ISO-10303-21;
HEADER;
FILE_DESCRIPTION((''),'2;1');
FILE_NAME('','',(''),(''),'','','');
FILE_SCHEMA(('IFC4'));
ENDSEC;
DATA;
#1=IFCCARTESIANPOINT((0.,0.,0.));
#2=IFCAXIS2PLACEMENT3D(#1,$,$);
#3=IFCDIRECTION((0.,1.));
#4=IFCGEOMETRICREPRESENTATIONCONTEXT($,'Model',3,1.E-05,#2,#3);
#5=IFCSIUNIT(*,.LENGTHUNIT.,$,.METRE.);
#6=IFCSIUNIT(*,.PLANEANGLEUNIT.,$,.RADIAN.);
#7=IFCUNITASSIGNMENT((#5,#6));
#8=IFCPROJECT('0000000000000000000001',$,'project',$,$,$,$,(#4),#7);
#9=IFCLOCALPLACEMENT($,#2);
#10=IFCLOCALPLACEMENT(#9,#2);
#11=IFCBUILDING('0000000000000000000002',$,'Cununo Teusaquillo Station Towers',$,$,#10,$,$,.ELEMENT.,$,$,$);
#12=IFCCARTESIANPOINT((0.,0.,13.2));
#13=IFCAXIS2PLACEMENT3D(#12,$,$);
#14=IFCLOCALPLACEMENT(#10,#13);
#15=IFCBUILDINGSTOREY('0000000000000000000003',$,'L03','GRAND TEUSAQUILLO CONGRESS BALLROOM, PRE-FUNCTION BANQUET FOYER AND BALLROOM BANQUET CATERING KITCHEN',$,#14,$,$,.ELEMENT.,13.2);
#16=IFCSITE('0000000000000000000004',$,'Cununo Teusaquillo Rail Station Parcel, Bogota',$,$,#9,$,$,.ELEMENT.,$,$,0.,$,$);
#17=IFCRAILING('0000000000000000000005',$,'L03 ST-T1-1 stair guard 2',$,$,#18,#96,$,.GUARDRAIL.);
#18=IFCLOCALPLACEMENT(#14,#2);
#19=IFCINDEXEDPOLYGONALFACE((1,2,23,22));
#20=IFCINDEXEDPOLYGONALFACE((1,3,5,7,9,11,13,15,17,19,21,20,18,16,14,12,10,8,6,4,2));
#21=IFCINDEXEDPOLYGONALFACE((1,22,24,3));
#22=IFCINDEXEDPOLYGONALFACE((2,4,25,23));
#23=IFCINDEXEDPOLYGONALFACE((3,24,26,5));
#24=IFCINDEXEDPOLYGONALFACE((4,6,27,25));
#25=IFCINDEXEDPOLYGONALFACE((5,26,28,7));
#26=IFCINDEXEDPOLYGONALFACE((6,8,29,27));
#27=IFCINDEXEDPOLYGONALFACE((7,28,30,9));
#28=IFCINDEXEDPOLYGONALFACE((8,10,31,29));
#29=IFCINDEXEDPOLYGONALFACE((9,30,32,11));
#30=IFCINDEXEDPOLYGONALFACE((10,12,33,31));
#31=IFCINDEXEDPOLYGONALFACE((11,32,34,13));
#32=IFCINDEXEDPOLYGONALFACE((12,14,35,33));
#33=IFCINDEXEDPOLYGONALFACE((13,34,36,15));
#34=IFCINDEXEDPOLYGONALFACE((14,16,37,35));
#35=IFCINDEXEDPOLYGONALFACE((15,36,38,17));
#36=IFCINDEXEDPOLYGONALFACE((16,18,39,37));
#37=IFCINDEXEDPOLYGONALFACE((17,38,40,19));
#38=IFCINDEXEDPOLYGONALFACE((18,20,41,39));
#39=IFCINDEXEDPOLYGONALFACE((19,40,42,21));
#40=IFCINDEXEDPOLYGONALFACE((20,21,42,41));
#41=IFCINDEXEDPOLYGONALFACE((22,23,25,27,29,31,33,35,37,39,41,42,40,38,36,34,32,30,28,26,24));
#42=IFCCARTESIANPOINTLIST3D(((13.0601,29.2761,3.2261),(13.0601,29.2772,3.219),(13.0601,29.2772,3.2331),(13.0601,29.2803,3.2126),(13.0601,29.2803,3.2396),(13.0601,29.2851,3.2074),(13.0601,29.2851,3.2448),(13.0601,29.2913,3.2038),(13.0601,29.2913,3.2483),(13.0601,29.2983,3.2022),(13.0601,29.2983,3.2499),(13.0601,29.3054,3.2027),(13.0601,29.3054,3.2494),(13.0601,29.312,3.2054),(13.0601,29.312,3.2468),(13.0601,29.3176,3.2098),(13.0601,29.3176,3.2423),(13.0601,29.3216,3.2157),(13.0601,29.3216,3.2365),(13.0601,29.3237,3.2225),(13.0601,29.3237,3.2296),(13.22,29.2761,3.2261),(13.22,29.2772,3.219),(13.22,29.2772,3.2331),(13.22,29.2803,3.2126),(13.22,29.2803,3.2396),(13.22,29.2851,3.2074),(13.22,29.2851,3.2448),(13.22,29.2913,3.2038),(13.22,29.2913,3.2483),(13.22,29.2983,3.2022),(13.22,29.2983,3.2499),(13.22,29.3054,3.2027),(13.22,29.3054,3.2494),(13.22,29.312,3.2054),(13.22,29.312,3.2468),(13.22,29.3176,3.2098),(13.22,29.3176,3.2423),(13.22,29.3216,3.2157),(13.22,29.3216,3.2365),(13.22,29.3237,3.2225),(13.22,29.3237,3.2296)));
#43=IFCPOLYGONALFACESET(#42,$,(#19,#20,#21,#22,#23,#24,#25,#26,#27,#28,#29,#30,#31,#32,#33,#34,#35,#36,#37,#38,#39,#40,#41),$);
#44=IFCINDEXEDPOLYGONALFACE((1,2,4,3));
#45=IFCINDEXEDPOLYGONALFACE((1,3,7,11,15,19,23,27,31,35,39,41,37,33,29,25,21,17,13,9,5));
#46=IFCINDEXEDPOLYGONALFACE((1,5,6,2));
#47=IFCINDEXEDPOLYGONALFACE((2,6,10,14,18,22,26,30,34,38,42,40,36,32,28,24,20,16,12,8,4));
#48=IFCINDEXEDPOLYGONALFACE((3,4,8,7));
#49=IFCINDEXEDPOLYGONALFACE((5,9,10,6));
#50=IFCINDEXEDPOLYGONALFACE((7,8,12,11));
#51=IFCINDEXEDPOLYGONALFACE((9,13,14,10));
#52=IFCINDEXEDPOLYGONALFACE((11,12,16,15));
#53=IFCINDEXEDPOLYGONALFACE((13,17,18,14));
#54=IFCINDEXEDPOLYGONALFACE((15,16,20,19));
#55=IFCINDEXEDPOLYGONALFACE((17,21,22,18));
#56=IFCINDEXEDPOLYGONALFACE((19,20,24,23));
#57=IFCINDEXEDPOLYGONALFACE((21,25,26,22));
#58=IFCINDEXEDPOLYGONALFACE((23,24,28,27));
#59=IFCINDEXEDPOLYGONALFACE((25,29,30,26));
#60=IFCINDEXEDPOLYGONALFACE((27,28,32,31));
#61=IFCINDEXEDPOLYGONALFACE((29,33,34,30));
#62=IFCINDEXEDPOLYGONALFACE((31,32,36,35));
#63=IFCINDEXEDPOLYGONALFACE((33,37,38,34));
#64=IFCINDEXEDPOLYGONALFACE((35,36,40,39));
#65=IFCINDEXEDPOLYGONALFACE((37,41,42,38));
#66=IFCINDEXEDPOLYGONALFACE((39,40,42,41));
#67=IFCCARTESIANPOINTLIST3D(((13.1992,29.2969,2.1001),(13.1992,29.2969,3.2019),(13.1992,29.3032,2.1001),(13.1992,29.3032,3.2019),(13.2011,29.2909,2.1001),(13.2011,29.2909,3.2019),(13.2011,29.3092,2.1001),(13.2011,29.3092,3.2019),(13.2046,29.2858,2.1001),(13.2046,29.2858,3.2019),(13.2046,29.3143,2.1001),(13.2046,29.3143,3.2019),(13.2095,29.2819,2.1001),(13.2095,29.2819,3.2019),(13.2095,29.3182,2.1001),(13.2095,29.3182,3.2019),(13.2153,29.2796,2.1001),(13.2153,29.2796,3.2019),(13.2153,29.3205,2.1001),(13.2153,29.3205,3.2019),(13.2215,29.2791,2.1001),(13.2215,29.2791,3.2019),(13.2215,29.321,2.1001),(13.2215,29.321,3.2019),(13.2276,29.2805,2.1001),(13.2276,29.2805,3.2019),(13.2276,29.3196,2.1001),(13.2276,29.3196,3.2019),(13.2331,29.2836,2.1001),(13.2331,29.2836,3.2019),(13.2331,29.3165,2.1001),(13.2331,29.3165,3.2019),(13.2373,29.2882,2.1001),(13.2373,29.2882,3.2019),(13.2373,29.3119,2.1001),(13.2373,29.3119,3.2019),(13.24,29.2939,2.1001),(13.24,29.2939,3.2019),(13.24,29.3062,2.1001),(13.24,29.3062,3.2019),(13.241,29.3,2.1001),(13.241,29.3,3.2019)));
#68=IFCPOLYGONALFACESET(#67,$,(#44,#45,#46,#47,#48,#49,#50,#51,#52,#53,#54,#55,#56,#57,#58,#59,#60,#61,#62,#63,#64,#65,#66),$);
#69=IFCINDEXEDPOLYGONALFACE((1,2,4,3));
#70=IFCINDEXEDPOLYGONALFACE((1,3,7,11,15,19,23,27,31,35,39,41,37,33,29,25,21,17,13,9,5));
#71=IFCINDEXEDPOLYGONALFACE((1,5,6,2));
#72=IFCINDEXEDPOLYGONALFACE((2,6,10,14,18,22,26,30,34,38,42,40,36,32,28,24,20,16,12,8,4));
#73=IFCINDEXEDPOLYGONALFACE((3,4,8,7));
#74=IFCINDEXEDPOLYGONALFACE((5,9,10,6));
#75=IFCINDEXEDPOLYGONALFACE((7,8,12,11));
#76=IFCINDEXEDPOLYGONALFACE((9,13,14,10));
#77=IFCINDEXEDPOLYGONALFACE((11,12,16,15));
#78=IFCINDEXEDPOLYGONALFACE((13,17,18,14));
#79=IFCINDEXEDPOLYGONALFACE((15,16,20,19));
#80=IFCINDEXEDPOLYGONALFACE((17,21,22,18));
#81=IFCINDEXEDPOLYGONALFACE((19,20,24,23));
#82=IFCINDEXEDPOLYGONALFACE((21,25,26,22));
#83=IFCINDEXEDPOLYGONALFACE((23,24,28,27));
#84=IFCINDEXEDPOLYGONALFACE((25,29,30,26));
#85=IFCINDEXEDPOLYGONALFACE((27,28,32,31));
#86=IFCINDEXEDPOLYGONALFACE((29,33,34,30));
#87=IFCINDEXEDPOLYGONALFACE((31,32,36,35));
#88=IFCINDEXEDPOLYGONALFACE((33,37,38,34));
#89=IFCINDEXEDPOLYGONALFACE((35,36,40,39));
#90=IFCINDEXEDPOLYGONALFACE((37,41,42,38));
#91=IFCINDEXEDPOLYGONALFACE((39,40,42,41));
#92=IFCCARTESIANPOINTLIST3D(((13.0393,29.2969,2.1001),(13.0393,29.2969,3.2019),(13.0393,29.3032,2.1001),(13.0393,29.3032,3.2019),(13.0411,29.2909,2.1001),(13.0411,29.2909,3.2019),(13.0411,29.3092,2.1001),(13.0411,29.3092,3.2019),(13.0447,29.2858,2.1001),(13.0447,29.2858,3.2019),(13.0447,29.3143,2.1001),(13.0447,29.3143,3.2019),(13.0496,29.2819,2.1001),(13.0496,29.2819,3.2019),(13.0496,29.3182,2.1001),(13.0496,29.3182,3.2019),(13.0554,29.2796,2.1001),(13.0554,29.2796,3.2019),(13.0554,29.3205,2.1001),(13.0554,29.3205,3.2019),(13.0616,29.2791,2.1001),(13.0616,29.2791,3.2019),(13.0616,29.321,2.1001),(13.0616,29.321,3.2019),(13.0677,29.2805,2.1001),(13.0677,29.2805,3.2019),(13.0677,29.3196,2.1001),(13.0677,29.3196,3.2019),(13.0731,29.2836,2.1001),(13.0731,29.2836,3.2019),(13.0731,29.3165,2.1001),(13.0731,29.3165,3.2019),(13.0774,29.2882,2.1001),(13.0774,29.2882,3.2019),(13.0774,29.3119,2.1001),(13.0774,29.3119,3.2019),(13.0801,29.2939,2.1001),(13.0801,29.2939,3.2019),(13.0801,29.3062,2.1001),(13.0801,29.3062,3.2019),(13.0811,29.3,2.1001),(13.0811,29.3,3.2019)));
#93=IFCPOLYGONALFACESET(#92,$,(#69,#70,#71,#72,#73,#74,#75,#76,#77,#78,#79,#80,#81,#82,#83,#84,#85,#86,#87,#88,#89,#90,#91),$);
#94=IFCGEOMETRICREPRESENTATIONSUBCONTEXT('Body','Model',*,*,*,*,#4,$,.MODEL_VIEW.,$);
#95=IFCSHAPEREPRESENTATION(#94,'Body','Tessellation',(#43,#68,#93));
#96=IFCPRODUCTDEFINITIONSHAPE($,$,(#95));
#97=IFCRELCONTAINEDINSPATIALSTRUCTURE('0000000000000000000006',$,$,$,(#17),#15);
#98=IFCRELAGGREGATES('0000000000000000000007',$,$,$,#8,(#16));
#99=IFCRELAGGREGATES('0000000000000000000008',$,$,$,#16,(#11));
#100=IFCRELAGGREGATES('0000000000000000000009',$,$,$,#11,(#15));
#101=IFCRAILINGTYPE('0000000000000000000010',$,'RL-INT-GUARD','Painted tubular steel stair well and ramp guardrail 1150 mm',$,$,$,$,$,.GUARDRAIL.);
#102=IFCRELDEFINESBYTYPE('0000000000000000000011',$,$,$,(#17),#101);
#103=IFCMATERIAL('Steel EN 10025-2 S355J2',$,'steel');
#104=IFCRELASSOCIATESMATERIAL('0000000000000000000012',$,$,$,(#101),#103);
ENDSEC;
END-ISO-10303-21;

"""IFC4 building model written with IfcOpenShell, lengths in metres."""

from ifc_helpers import new_model, si_unit, direction, frame, origin, origin_2d, place, context, subcontext, project, spatial, circle, extrude, material, type_object, element, save


model = new_model("IFC4")

# Units and contexts
model_context = context("Model", 3, precision=1e-05, world=origin(), true_north=direction((0.0, 1.0)))
body_context = subcontext(model_context, "Body", "Model", "MODEL_VIEW")
ifc_project = project(units=[si_unit("LENGTHUNIT", "METRE"), si_unit("PLANEANGLEUNIT", "RADIAN")], contexts=[model_context])

# Site, building, storey
site_placement = place(None, origin())
site = spatial("IfcSite", under=ifc_project, at=site_placement, Name="Cununo Teusaquillo Rail Station Parcel, Bogota", CompositionType="ELEMENT", RefElevation=0.0)
building_placement = place(site_placement, origin())
building = spatial("IfcBuilding", under=site, at=building_placement, Name="Cununo Teusaquillo Station Towers", CompositionType="ELEMENT")
storey_placement = place(building_placement, frame((0.0, 0.0, 13.2)))
storey = spatial("IfcBuildingStorey", under=building, at=storey_placement, Name="L03", Description="GRAND TEUSAQUILLO CONGRESS BALLROOM, PRE-FUNCTION BANQUET FOYER AND BALLROOM BANQUET CATERING KITCHEN", CompositionType="ELEMENT", Elevation=13.2)

# Railing
ifc_material_1 = material(Name="Steel EN 10025-2 S355J2", Category="steel")
railing_type_1 = type_object("IfcRailingType", Name="RL-INT-GUARD", Description="Painted tubular steel stair well and ramp guardrail 1150 mm", PredefinedType="GUARDRAIL", material=ifc_material_1)
railing_1_placement = place(storey_placement, frame((13.22, 29.3, 2.1001)))
element("IfcRailing", 1, at=railing_1_placement, inside=storey, type_object=railing_type_1, Name="L03 ST-T1-1 stair guard 2", PredefinedType="GUARDRAIL", context=body_context, shape_type="SweptSolid", body=[
    extrude(circle(Radius=0.0239, at=origin_2d()), frame((0.0, 0.0, 1.126), z_axis=(-1.0, 0.0, 0.0), x_axis=(0.0, -1.0, 0.0)), (0.0, 0.0, 1.0), 0.1599),
    extrude(circle(Radius=0.021, at=origin_2d()), origin(), (0.0, 0.0, 1.0), 1.1018),
    extrude(circle(Radius=0.021, at=origin_2d()), frame((-0.1599, 0.0, 0.0)), (0.0, 0.0, 1.0), 1.1018),
])

save(model, "model.ifc")
